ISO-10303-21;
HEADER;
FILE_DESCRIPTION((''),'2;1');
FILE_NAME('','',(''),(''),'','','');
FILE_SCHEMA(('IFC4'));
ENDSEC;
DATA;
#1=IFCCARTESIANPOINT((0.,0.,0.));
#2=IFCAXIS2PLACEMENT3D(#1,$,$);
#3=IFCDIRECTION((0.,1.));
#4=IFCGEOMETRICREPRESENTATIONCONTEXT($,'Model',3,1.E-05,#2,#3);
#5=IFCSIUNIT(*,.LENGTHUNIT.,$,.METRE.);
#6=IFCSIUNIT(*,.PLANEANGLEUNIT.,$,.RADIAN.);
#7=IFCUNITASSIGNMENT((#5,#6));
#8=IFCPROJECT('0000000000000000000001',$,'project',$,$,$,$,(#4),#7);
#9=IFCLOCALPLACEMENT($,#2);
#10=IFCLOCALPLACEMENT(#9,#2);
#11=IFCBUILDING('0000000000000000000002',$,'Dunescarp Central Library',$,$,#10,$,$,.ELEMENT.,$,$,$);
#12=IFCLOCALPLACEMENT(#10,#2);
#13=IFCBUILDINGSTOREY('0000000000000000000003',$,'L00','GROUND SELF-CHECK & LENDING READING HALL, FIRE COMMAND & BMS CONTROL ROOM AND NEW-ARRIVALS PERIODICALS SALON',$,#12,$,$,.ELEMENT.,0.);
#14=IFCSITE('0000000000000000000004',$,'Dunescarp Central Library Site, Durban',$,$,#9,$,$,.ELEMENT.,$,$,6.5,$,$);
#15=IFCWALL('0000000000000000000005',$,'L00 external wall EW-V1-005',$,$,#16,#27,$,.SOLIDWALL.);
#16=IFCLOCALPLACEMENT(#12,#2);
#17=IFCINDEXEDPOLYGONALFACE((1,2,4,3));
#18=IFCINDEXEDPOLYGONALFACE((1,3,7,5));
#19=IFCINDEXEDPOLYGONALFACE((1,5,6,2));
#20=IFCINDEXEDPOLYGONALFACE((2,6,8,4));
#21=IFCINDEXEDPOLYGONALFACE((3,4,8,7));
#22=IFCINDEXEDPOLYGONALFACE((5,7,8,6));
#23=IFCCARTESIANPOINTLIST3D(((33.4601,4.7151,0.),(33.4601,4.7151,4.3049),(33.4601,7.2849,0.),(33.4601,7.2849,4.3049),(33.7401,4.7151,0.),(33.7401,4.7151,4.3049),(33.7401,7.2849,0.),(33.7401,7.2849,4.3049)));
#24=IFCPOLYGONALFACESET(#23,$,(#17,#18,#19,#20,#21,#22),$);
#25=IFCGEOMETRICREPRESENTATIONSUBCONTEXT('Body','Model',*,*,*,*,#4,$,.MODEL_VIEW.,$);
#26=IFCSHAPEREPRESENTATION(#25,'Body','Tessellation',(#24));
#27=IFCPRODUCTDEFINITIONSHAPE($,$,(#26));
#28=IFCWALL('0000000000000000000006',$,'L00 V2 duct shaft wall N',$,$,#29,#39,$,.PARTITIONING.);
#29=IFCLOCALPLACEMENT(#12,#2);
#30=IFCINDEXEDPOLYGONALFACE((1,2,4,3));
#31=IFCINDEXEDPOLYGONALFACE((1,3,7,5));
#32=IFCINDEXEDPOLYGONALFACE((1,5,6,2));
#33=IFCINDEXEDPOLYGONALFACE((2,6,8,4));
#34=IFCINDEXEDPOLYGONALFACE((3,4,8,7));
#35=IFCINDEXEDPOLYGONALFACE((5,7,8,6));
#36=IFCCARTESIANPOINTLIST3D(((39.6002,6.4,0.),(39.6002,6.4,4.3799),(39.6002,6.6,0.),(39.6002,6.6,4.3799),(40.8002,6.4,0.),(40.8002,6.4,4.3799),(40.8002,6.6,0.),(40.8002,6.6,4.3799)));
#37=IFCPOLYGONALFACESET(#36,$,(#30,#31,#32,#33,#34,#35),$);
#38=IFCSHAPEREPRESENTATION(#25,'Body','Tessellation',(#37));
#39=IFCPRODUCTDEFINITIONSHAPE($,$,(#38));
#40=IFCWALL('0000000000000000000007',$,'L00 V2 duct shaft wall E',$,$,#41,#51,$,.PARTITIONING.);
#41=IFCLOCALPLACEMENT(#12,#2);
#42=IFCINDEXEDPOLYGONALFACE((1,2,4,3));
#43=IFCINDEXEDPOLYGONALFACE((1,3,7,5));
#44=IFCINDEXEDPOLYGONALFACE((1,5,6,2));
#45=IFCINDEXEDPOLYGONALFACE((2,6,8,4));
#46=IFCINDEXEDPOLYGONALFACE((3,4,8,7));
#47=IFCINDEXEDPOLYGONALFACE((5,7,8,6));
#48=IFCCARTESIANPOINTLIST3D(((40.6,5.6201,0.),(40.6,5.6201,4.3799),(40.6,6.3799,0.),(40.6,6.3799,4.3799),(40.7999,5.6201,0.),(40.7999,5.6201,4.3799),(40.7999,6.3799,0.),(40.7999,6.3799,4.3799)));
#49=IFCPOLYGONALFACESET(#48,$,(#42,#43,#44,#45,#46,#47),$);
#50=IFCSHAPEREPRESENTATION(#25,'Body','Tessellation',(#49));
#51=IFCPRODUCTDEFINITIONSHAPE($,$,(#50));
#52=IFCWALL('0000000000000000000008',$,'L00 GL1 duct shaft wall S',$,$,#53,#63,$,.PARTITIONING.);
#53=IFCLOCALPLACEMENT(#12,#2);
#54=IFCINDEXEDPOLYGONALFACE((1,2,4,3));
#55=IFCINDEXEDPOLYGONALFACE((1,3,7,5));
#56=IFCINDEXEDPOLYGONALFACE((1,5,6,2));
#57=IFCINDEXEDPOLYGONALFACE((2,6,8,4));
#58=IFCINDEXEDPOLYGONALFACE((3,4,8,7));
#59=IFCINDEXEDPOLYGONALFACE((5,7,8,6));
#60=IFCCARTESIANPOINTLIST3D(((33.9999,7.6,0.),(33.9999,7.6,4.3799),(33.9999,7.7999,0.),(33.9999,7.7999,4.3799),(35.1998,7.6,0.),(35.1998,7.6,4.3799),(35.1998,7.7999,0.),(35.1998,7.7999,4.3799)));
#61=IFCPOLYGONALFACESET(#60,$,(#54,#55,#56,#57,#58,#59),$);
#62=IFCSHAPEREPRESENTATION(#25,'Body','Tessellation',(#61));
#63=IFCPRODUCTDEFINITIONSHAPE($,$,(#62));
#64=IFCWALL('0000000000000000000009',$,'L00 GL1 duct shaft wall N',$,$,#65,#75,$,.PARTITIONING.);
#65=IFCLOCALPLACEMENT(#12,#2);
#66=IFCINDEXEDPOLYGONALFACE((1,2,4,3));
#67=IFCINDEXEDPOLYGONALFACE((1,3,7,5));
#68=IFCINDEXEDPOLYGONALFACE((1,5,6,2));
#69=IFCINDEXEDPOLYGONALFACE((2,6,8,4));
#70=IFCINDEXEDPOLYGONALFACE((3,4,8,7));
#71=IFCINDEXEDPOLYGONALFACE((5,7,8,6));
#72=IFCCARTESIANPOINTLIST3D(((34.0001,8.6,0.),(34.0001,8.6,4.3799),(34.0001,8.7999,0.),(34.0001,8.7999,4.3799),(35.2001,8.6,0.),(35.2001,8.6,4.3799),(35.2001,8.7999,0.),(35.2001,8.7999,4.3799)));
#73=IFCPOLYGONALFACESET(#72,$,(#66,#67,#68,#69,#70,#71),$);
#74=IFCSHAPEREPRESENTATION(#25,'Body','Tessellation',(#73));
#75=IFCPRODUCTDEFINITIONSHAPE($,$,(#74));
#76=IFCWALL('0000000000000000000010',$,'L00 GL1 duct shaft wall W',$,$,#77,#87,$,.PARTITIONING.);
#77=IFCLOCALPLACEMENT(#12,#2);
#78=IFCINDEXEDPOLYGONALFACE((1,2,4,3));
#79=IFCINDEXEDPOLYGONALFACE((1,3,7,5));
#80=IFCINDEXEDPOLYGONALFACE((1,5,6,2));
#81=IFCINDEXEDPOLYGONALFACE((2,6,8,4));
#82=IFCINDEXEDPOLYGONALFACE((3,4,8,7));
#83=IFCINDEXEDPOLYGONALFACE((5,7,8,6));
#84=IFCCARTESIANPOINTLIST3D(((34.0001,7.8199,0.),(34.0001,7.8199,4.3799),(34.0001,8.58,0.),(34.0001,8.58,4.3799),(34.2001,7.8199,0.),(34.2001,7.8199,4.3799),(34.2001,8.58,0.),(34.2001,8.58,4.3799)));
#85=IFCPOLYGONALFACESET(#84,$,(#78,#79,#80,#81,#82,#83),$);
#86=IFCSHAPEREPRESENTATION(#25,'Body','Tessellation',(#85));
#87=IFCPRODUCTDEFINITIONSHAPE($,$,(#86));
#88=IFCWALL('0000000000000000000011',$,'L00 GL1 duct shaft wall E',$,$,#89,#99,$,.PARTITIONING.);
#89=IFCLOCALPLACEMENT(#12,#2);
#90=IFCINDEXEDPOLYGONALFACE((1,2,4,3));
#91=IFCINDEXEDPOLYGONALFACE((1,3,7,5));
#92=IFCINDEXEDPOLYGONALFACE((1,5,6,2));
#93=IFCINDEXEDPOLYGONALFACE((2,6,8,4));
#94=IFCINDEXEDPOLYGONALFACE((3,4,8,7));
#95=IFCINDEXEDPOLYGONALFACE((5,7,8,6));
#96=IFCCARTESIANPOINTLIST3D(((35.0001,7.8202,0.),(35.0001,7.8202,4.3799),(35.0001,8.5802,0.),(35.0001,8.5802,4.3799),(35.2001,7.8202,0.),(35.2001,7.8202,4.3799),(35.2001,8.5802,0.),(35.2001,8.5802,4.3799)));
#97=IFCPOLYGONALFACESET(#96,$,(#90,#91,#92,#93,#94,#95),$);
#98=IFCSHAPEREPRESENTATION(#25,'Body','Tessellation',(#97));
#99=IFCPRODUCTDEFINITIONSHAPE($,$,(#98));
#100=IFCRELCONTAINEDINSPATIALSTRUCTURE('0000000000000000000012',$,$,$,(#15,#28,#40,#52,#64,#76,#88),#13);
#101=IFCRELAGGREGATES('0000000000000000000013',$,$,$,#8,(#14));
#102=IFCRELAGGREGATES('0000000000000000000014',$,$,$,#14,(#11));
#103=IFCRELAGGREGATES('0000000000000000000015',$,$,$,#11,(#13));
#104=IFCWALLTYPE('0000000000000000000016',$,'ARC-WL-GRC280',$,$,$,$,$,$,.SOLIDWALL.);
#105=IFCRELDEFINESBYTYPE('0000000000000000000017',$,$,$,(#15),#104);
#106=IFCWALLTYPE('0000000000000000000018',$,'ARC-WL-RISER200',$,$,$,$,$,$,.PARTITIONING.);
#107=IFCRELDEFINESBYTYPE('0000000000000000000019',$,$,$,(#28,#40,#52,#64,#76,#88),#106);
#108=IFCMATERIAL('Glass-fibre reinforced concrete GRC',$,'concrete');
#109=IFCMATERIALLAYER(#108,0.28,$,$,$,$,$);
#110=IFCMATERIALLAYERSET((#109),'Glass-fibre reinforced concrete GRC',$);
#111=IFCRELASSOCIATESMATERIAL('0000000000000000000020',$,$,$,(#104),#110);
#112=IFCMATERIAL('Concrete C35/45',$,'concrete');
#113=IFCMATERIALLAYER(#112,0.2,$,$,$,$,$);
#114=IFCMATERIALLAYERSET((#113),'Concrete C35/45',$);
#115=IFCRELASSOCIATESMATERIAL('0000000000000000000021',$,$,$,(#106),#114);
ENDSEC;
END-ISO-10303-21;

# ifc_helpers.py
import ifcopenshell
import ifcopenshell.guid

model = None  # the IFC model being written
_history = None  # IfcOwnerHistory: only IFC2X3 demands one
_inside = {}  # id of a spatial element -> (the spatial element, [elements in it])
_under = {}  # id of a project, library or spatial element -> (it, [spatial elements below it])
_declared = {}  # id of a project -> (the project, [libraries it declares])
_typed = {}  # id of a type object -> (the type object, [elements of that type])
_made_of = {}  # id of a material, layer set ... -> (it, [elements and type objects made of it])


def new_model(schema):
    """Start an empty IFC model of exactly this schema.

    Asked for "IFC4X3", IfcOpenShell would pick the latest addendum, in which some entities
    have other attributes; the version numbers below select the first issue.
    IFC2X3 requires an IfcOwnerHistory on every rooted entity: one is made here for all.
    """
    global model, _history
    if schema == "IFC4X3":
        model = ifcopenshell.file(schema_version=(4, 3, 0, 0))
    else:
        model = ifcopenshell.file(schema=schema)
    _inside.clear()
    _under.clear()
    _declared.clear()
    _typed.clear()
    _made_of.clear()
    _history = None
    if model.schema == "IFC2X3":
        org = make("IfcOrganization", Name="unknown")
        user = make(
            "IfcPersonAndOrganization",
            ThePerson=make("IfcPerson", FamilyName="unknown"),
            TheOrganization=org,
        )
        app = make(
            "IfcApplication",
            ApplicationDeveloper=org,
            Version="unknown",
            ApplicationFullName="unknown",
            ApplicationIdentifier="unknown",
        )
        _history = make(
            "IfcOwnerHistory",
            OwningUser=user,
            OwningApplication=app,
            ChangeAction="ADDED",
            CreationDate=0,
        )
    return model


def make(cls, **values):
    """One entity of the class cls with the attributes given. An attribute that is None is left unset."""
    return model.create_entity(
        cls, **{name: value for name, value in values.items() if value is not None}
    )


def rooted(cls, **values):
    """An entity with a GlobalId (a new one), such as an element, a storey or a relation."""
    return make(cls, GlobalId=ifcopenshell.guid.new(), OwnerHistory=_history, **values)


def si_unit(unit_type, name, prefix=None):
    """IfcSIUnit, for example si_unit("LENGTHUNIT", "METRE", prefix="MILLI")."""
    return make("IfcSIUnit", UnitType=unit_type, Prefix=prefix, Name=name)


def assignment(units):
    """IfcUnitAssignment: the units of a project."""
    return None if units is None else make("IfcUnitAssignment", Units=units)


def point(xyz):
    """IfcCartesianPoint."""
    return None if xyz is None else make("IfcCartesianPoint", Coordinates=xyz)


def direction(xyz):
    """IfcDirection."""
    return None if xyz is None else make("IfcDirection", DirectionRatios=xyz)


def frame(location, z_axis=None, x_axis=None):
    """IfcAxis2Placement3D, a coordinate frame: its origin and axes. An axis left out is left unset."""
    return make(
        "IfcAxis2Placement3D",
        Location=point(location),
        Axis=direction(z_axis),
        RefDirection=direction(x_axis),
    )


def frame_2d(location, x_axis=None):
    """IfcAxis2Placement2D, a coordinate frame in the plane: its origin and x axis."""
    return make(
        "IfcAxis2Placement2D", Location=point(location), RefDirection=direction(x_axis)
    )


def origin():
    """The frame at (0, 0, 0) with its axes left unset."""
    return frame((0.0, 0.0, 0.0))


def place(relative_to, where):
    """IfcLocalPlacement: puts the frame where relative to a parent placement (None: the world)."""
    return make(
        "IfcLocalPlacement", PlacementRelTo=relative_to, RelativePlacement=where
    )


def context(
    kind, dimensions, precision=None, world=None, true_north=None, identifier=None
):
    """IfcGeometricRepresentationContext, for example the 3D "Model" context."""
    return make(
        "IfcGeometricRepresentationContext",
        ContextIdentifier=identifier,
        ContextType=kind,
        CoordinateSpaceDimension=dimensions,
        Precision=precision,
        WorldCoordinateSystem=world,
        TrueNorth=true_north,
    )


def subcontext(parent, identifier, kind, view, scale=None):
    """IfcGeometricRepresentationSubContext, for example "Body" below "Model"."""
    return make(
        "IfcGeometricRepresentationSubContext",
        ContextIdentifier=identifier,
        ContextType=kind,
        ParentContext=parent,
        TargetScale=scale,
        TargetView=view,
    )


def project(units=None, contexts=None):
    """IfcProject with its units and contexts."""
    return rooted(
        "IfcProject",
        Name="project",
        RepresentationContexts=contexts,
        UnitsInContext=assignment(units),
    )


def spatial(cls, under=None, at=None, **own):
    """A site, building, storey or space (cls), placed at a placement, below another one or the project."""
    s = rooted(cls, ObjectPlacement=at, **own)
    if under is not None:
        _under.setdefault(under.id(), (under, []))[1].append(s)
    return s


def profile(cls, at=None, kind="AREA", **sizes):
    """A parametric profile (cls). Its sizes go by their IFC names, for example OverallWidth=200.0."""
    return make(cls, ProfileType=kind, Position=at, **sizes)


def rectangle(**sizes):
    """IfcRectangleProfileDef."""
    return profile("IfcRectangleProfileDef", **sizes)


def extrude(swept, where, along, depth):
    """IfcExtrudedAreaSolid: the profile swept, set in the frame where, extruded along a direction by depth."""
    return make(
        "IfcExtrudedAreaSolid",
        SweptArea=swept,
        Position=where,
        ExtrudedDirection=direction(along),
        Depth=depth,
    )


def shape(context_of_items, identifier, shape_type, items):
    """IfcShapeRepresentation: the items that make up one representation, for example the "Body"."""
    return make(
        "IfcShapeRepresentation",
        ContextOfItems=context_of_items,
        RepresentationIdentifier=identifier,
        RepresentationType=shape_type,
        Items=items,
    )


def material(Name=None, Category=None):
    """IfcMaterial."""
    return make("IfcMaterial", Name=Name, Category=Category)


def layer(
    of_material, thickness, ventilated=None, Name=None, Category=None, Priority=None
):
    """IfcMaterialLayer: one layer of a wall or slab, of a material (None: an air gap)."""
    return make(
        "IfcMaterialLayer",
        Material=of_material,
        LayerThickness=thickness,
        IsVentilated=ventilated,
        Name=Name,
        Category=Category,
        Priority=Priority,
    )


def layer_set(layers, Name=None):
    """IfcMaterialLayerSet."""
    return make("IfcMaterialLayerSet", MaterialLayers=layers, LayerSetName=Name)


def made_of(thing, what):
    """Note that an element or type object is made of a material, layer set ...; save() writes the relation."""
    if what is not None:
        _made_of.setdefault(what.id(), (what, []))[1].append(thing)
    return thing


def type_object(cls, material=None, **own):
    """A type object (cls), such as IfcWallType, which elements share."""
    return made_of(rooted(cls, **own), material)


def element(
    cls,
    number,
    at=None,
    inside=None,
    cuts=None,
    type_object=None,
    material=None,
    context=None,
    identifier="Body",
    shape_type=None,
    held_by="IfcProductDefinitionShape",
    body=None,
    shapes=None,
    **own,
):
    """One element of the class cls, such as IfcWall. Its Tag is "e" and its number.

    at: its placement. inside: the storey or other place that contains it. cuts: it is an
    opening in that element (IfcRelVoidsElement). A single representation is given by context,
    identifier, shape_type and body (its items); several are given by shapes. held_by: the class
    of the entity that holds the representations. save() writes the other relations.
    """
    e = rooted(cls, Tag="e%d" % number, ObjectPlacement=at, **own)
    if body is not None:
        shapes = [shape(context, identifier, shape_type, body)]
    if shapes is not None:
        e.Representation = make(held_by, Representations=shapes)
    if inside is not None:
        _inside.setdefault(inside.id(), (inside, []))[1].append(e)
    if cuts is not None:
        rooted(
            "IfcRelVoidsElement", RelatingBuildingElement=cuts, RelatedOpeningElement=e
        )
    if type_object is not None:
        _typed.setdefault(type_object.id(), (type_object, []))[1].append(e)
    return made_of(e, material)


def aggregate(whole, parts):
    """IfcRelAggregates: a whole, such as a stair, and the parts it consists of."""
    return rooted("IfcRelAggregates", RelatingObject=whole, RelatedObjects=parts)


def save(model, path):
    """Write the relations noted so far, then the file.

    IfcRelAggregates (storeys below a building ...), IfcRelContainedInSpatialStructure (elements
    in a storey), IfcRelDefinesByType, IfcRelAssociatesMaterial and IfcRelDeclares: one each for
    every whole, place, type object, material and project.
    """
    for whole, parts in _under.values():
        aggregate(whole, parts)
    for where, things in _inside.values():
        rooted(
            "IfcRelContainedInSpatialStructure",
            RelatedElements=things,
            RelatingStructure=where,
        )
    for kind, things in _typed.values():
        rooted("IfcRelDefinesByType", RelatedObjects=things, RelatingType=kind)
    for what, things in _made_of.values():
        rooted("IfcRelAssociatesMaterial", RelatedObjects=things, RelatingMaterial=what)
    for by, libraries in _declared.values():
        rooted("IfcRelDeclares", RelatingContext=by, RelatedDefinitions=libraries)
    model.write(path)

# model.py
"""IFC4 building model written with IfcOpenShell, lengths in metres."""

from ifc_helpers import new_model, si_unit, direction, frame, frame_2d, origin, place, context, subcontext, project, spatial, rectangle, extrude, material, layer, layer_set, type_object, element, save


model = new_model("IFC4")

# Units and contexts
model_context = context("Model", 3, precision=1e-05, world=origin(), true_north=direction((0.0, 1.0)))
body_context = subcontext(model_context, "Body", "Model", "MODEL_VIEW")
ifc_project = project(units=[si_unit("LENGTHUNIT", "METRE"), si_unit("PLANEANGLEUNIT", "RADIAN")], contexts=[model_context])

# Site, building, storey
site_placement = place(None, origin())
site = spatial("IfcSite", under=ifc_project, at=site_placement, Name="Dunescarp Central Library Site, Durban", CompositionType="ELEMENT", RefElevation=6.5)
building_placement = place(site_placement, origin())
building = spatial("IfcBuilding", under=site, at=building_placement, Name="Dunescarp Central Library", CompositionType="ELEMENT")
storey_placement = place(building_placement, origin())
storey = spatial("IfcBuildingStorey", under=building, at=storey_placement, Name="L00", Description="GROUND SELF-CHECK & LENDING READING HALL, FIRE COMMAND & BMS CONTROL ROOM AND NEW-ARRIVALS PERIODICALS SALON", CompositionType="ELEMENT", Elevation=0.0)

# Shared definitions
ifc_material_1 = material(Name="Glass-fibre reinforced concrete GRC", Category="concrete")

# Walls
ifc_layer_1 = layer(ifc_material_1, 0.28)
ifc_layer_set_1 = layer_set([ifc_layer_1], Name="Glass-fibre reinforced concrete GRC")
wall_type_1 = type_object("IfcWallType", Name="ARC-WL-GRC280", PredefinedType="SOLIDWALL", material=ifc_layer_set_1)
wall_1_placement = place(storey_placement, frame((33.6001, 7.2849, 0.0), z_axis=(0.0, 0.0, 1.0), x_axis=(0.0, -1.0, 0.0)))
element("IfcWall", 1, at=wall_1_placement, inside=storey, type_object=wall_type_1, Name="L00 external wall EW-V1-005", PredefinedType="SOLIDWALL", context=body_context, shape_type="SweptSolid", body=[
    extrude(rectangle(XDim=2.5698, YDim=0.28, at=frame_2d((1.2849, 0.0))), origin(), (0.0, 0.0, 1.0), 4.3049),
])
ifc_material_2 = material(Name="Concrete C35/45", Category="concrete")
ifc_layer_2 = layer(ifc_material_2, 0.2)
ifc_layer_set_2 = layer_set([ifc_layer_2], Name="Concrete C35/45")
wall_type_2 = type_object("IfcWallType", Name="ARC-WL-RISER200", PredefinedType="PARTITIONING", material=ifc_layer_set_2)
wall_2_placement = place(storey_placement, frame((39.6001, 6.5, 0.0), z_axis=(0.0, 0.0, 1.0), x_axis=(1.0, 0.0, 0.0)))
element("IfcWall", 2, at=wall_2_placement, inside=storey, type_object=wall_type_2, Name="L00 V2 duct shaft wall N", PredefinedType="PARTITIONING", context=body_context, shape_type="SweptSolid", body=[
    extrude(rectangle(XDim=1.2, YDim=0.2, at=frame_2d((0.6001, 0.0))), origin(), (0.0, 0.0, 1.0), 4.3799),
])
wall_3_placement = place(storey_placement, frame((40.7, 6.3799, 0.0), z_axis=(0.0, 0.0, 1.0), x_axis=(0.0, -1.0, 0.0)))
element("IfcWall", 3, at=wall_3_placement, inside=storey, type_object=wall_type_2, Name="L00 V2 duct shaft wall E", PredefinedType="PARTITIONING", context=body_context, shape_type="SweptSolid", body=[
    extrude(rectangle(XDim=0.7598, YDim=0.2, at=frame_2d((0.3799, 0.0))), origin(), (0.0, 0.0, 1.0), 4.3799),
])
for number, where, z_axis, x_axis, name in (
    (4, (35.2, 7.7, 0.0), (0.0, 0.0, 1.0), (-1.0, 0.0, 0.0), "L00 GL1 duct shaft wall S"),
    (5, (34.0, 8.7, 0.0), (0.0, 0.0, 1.0), (1.0, 0.0, 0.0), "L00 GL1 duct shaft wall N"),
):
    element("IfcWall", number, at=place(storey_placement, frame(where, z_axis=z_axis, x_axis=x_axis)), inside=storey, type_object=wall_type_2, Name=name, PredefinedType="PARTITIONING", context=body_context, shape_type="SweptSolid", body=[
        extrude(rectangle(XDim=1.2, YDim=0.2, at=frame_2d((0.6001, 0.0))), origin(), (0.0, 0.0, 1.0), 4.3799),
    ])
for number, where, z_axis, x_axis, name in (
    (6, (34.1001, 7.8201, 0.0), (0.0, 0.0, 1.0), (0.0, 1.0, 0.0), "L00 GL1 duct shaft wall W"),
    (7, (35.1001, 8.5801, 0.0), (0.0, 0.0, 1.0), (0.0, -1.0, 0.0), "L00 GL1 duct shaft wall E"),
):
    element("IfcWall", number, at=place(storey_placement, frame(where, z_axis=z_axis, x_axis=x_axis)), inside=storey, type_object=wall_type_2, Name=name, PredefinedType="PARTITIONING", context=body_context, shape_type="SweptSolid", body=[
        extrude(rectangle(XDim=0.76, YDim=0.2, at=frame_2d((0.3799, 0.0))), origin(), (0.0, 0.0, 1.0), 4.3799),
    ])

save(model, "model.ifc")
